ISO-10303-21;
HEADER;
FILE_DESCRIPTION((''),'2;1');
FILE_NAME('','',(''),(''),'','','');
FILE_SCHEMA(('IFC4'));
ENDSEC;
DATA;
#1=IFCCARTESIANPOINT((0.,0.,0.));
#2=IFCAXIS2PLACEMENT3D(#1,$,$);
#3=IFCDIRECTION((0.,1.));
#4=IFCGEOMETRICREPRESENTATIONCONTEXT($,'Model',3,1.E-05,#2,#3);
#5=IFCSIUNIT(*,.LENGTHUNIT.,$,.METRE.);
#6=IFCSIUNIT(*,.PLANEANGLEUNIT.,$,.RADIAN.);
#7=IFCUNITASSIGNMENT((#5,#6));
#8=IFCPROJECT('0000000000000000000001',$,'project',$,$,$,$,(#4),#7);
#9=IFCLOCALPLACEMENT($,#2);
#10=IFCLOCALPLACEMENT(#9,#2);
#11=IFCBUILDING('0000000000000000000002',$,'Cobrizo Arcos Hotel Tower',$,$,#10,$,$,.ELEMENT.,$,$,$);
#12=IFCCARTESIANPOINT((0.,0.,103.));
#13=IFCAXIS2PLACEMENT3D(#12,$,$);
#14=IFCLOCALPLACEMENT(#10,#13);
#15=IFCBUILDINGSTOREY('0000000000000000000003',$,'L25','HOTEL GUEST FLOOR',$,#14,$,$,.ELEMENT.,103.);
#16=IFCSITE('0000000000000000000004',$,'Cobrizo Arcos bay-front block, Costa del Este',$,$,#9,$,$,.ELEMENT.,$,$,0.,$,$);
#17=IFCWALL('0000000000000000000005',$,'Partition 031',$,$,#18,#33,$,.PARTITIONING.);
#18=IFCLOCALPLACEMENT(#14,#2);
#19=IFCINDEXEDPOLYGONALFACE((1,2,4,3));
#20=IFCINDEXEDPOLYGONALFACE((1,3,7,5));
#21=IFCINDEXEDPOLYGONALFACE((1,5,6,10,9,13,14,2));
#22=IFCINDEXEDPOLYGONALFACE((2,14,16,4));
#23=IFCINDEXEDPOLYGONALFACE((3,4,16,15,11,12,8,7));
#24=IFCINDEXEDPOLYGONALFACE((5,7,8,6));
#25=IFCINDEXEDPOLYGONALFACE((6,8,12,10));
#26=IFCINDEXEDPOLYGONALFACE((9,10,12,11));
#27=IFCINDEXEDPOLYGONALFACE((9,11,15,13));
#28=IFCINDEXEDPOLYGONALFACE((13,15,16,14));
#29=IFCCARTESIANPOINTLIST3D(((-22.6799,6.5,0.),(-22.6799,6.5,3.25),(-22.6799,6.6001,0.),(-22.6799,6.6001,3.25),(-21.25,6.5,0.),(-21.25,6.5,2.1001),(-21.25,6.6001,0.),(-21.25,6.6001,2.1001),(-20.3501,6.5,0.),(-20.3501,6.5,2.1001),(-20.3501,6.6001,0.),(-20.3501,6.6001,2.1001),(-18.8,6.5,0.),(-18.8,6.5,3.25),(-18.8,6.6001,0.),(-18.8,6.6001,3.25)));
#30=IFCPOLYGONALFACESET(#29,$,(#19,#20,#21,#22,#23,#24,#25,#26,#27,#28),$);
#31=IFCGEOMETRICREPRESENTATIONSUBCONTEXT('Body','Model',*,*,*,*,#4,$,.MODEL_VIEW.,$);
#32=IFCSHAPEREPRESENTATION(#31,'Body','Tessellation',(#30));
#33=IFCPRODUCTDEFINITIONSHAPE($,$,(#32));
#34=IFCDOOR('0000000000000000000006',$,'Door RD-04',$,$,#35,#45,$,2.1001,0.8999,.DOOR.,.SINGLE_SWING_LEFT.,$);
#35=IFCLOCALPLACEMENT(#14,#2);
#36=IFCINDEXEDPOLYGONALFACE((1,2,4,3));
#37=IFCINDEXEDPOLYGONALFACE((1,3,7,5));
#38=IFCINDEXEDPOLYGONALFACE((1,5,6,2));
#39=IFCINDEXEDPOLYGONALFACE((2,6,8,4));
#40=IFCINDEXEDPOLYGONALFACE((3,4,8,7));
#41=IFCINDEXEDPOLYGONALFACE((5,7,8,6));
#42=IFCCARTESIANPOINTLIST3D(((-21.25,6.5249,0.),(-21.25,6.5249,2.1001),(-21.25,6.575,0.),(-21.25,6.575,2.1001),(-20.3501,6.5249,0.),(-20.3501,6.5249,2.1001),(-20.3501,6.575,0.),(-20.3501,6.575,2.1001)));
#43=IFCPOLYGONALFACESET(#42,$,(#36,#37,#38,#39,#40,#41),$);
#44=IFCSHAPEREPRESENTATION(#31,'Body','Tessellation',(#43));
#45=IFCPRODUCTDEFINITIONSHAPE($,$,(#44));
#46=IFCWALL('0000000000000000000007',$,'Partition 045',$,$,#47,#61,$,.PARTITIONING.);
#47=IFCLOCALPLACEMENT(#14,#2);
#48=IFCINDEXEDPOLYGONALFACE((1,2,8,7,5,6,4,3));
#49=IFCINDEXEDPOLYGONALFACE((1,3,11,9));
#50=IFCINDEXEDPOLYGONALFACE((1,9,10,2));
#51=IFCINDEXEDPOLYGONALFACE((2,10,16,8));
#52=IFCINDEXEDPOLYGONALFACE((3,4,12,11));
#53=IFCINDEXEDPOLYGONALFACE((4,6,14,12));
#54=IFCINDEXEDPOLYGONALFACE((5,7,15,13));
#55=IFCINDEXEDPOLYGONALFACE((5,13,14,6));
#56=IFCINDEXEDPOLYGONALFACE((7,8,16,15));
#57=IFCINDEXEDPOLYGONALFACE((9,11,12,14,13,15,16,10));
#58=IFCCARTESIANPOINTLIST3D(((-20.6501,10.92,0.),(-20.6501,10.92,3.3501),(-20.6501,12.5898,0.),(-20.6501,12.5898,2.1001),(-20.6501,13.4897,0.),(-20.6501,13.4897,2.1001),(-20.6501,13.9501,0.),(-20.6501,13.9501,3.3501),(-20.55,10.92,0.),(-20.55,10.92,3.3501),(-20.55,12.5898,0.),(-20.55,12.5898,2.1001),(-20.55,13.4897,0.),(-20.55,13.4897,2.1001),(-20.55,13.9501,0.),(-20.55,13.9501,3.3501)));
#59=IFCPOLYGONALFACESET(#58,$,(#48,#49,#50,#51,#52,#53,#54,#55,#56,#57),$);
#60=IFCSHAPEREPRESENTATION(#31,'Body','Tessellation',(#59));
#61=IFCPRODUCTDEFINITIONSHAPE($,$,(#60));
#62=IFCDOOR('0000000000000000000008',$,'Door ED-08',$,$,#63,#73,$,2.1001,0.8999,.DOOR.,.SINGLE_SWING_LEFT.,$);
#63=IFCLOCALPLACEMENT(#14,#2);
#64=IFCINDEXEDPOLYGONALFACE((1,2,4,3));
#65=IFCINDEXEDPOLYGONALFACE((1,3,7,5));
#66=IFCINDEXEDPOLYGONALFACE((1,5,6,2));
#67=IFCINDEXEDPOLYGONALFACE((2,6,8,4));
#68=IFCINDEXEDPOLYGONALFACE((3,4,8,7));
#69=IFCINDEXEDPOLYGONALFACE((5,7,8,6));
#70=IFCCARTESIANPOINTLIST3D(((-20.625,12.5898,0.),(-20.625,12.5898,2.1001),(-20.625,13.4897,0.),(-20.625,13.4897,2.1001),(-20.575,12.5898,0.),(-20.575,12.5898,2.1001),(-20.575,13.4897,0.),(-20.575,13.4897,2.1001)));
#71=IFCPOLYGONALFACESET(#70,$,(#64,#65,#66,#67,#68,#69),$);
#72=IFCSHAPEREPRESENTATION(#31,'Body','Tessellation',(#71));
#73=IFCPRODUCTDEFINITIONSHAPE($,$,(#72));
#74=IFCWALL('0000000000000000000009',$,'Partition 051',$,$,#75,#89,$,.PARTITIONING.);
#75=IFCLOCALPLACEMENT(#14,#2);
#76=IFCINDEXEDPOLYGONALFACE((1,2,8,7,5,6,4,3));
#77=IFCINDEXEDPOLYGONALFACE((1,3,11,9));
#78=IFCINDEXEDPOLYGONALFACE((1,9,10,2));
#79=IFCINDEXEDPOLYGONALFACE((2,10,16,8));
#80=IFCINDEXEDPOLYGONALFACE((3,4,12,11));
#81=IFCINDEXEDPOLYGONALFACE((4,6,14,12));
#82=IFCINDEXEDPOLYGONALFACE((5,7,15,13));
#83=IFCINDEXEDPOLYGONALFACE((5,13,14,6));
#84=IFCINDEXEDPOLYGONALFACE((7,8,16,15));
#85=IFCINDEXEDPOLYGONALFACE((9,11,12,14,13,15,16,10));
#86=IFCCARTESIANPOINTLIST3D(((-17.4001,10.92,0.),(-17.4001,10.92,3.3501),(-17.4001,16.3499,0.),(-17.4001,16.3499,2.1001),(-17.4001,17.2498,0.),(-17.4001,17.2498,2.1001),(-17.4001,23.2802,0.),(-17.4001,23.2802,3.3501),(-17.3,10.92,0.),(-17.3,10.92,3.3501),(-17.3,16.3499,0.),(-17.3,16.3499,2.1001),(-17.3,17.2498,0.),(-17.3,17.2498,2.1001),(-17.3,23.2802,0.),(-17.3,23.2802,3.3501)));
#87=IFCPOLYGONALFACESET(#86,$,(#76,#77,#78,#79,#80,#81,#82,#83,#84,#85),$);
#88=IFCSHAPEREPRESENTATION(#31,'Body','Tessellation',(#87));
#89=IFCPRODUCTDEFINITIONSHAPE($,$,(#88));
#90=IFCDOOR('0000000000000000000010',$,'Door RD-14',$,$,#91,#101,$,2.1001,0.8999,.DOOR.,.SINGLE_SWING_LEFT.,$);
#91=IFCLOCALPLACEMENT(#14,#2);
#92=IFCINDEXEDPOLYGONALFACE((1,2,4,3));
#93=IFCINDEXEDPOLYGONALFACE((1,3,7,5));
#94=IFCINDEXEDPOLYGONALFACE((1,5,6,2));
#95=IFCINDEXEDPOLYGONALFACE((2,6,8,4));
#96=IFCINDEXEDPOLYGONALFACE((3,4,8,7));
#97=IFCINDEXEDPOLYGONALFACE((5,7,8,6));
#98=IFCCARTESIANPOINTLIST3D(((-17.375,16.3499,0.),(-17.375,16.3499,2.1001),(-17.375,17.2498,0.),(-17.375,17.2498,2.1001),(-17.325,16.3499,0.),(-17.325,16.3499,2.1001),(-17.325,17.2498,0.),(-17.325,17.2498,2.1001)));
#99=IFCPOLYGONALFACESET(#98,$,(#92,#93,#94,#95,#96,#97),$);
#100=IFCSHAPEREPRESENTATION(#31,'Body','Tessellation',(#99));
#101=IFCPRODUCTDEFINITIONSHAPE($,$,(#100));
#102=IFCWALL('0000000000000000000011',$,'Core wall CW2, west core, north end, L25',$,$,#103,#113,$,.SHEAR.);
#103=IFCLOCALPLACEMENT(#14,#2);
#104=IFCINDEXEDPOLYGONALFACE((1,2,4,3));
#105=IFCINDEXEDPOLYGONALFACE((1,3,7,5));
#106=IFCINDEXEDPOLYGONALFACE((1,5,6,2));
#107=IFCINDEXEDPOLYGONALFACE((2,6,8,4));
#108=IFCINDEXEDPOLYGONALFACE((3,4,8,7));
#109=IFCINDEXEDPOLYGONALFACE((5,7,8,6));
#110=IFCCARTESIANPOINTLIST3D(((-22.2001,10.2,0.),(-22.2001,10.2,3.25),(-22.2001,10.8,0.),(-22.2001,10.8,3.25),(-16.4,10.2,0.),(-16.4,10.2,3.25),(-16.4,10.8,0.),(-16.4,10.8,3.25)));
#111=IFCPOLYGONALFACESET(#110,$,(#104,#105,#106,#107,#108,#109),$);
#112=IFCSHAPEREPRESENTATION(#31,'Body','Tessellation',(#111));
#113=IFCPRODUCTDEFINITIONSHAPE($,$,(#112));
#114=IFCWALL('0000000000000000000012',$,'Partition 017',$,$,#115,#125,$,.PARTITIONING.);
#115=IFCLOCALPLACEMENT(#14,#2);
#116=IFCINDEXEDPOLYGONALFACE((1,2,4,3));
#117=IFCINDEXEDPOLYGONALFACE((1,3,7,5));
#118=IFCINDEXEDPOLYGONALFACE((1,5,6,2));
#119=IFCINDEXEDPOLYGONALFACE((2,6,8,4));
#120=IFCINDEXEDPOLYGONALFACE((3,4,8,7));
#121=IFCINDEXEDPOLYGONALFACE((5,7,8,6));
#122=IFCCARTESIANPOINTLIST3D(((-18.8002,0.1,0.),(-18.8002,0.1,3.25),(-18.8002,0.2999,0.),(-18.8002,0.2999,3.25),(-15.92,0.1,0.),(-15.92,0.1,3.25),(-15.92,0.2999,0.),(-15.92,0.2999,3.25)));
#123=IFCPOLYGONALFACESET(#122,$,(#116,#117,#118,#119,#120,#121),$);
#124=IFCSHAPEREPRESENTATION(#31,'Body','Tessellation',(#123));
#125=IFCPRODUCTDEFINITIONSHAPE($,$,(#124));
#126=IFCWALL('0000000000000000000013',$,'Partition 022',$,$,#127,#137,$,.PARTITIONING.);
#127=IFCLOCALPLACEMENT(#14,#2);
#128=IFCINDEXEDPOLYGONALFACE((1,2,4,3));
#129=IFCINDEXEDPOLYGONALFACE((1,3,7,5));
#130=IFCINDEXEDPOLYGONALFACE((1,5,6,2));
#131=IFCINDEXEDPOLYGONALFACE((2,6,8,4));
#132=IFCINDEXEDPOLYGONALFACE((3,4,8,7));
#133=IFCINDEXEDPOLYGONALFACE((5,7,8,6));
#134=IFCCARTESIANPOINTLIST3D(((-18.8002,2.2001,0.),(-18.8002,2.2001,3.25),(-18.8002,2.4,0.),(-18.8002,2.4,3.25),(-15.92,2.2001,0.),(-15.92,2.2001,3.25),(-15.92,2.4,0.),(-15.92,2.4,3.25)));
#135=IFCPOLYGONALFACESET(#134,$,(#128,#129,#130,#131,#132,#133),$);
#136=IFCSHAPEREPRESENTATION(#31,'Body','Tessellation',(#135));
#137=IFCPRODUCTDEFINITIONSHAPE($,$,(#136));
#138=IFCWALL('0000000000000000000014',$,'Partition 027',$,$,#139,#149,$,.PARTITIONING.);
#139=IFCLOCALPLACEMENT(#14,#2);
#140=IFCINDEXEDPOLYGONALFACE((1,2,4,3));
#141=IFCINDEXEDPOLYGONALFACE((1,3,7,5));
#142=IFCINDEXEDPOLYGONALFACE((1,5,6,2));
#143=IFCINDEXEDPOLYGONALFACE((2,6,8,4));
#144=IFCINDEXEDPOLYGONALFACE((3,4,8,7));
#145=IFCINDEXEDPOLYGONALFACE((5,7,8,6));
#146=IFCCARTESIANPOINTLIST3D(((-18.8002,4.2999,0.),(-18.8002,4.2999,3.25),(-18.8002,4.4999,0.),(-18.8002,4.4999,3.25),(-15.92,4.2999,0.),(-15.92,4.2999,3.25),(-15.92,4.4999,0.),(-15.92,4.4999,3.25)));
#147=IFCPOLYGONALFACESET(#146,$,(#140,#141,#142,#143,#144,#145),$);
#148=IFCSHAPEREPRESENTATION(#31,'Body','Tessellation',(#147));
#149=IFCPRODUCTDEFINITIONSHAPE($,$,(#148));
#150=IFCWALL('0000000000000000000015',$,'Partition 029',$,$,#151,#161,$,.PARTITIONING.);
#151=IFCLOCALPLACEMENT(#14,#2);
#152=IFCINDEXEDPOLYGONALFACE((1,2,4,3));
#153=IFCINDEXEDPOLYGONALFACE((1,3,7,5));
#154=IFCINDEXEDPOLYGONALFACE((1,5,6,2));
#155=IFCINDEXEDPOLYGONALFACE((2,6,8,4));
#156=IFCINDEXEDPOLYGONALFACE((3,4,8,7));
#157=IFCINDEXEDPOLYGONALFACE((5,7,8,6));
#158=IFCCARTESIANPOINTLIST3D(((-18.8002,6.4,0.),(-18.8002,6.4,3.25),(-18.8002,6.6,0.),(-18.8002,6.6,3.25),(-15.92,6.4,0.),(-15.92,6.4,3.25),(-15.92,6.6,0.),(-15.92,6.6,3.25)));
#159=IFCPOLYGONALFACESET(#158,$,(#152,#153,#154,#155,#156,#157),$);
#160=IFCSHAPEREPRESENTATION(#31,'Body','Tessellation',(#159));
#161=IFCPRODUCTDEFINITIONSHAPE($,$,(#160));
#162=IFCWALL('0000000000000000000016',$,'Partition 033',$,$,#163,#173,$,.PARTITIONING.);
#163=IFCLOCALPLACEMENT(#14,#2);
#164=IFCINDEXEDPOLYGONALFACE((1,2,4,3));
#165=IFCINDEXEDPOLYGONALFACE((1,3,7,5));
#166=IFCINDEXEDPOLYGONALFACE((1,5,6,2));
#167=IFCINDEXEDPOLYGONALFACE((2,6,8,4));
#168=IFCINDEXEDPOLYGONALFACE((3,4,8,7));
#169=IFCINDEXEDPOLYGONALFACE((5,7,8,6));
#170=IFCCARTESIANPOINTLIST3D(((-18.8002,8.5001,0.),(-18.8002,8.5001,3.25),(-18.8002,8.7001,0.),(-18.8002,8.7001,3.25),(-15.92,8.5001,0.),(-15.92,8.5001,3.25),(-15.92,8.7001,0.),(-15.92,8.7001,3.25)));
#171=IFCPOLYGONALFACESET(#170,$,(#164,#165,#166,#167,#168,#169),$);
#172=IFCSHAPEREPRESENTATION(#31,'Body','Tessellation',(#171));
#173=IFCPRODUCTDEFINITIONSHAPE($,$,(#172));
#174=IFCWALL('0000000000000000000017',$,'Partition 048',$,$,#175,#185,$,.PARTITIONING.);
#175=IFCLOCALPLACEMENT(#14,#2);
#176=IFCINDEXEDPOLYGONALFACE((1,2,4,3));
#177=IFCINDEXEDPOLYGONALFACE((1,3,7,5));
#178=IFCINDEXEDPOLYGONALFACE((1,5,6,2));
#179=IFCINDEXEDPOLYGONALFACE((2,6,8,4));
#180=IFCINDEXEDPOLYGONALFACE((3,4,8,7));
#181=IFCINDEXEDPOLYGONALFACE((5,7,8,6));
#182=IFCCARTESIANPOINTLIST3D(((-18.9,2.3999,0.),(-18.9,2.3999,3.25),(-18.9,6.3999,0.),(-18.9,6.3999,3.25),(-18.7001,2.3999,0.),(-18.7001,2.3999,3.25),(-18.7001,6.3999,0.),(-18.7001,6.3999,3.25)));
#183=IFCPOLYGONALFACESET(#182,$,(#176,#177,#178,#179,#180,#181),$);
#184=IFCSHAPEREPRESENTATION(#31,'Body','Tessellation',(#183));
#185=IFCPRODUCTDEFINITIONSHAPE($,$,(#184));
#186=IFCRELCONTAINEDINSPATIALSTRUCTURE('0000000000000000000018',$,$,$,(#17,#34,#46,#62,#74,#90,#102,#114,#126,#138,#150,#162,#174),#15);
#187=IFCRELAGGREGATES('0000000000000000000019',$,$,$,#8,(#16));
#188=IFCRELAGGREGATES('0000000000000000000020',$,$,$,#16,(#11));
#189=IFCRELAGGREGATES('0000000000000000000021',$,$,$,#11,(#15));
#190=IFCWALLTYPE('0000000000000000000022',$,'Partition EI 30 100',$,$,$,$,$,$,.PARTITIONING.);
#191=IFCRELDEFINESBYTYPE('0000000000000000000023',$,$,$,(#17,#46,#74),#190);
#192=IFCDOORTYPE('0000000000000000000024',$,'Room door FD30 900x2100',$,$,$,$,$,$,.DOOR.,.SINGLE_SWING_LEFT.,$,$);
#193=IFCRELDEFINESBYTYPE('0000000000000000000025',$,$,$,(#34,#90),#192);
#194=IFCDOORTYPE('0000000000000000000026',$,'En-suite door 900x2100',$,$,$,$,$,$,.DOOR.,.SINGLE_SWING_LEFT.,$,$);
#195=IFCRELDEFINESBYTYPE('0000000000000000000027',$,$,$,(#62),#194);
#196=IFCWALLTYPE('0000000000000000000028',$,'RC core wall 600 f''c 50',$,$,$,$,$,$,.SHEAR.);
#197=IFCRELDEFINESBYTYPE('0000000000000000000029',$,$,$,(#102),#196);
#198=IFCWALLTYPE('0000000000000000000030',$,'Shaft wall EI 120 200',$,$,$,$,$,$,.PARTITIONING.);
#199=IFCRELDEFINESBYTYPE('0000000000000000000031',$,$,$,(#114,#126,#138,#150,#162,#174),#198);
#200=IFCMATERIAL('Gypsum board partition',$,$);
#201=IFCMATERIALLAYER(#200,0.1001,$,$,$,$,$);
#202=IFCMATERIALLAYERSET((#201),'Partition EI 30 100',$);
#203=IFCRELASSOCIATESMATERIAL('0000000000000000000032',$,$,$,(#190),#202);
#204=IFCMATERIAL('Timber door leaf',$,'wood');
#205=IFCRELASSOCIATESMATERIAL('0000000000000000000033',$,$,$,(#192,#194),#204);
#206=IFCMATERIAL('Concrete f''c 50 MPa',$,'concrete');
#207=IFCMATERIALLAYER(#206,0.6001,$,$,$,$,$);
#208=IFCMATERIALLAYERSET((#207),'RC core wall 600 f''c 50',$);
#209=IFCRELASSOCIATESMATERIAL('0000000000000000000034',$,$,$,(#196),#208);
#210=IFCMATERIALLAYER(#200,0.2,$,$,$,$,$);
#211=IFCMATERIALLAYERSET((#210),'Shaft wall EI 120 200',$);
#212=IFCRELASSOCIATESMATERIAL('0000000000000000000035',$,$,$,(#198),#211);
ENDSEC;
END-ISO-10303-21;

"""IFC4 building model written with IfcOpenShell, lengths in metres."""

from ifc_helpers import new_model, si_unit, direction, frame, frame_2d, origin, place, context, subcontext, project, spatial, rectangle, extrude, material, layer, layer_set, type_object, element, fill, save


model = new_model("IFC4")

# Units and contexts
model_context = context("Model", 3, precision=1e-05, world=origin(), true_north=direction((0.0, 1.0)))
body_context = subcontext(model_context, "Body", "Model", "MODEL_VIEW")
ifc_project = project(units=[si_unit("LENGTHUNIT", "METRE"), si_unit("PLANEANGLEUNIT", "RADIAN")], contexts=[model_context])

# Site, building, storey
site_placement = place(None, origin())
site = spatial("IfcSite", under=ifc_project, at=site_placement, Name="Cobrizo Arcos bay-front block, Costa del Este", CompositionType="ELEMENT", RefElevation=0.0)
building_placement = place(site_placement, origin())
building = spatial("IfcBuilding", under=site, at=building_placement, Name="Cobrizo Arcos Hotel Tower", CompositionType="ELEMENT")
storey_placement = place(building_placement, frame((0.0, 0.0, 103.0)))
storey = spatial("IfcBuildingStorey", under=building, at=storey_placement, Name="L25", Description="HOTEL GUEST FLOOR", CompositionType="ELEMENT", Elevation=103.0)

# Walls, openings, doors
ifc_material_1 = material(Name="Gypsum board partition")
ifc_layer_1 = layer(ifc_material_1, 0.1001)
ifc_layer_set_1 = layer_set([ifc_layer_1], Name="Partition EI 30 100")
wall_type_1 = type_object("IfcWallType", Name="Partition EI 30 100", PredefinedType="PARTITIONING", material=ifc_layer_set_1)
ifc_material_2 = material(Name="Timber door leaf", Category="wood")
door_type_1 = type_object("IfcDoorType", Name="Room door FD30 900x2100", OperationType="SINGLE_SWING_LEFT", PredefinedType="DOOR", material=ifc_material_2)
wall_1_placement = place(storey_placement, frame((-22.6799, 6.55, 0.0), z_axis=(0.0, 0.0, 1.0), x_axis=(1.0, 0.0, 0.0)))
wall_1 = element("IfcWall", 1, at=wall_1_placement, inside=storey, type_object=wall_type_1, Name="Partition 031", PredefinedType="PARTITIONING", context=body_context, shape_type="SweptSolid", body=[
    extrude(rectangle(XDim=3.8799, YDim=0.1001, at=frame_2d((1.9399, 0.0))), origin(), (0.0, 0.0, 1.0), 3.25),
])
opening_1_placement = place(wall_1_placement, frame((1.4299, 0.0, 0.0)))
opening_1 = element("IfcOpeningElement", 2, at=opening_1_placement, cuts=wall_1, PredefinedType="OPENING", context=body_context, shape_type="SweptSolid", body=[
    extrude(rectangle(XDim=0.8999, YDim=2.1001, at=frame_2d((0.45, 1.05))), frame((0.0, 0.062, 0.0), z_axis=(0.0, -1.0, 0.0), x_axis=(1.0, 0.0, 0.0)), (0.0, 0.0, 1.0), 0.124),
])
door_1_placement = place(opening_1_placement, origin())
door_1 = element("IfcDoor", 3, at=door_1_placement, inside=storey, type_object=door_type_1, Name="Door RD-04", OperationType="SINGLE_SWING_LEFT", OverallHeight=2.1001, OverallWidth=0.8999, PredefinedType="DOOR", context=body_context, shape_type="SweptSolid", body=[
    extrude(rectangle(XDim=0.8999, YDim=2.1001, at=frame_2d((0.45, 1.05))), frame((0.0, 0.0249, 0.0), z_axis=(0.0, -1.0, 0.0), x_axis=(1.0, 0.0, 0.0)), (0.0, 0.0, 1.0), 0.05),
])
fill(opening_1, door_1)
wall_2_placement = place(storey_placement, frame((-20.6001, 10.9199, 0.0), z_axis=(0.0, 0.0, 1.0), x_axis=(0.0, 1.0, 0.0)))
wall_2 = element("IfcWall", 4, at=wall_2_placement, inside=storey, type_object=wall_type_1, Name="Partition 045", PredefinedType="PARTITIONING", context=body_context, shape_type="SweptSolid", body=[
    extrude(rectangle(XDim=3.03, YDim=0.1001, at=frame_2d((1.5151, 0.0))), origin(), (0.0, 0.0, 1.0), 3.3501),
])
opening_2_placement = place(wall_2_placement, frame((1.6699, 0.0, 0.0)))
opening_2 = element("IfcOpeningElement", 5, at=opening_2_placement, cuts=wall_2, PredefinedType="OPENING", context=body_context, shape_type="SweptSolid", body=[
    extrude(rectangle(XDim=0.8999, YDim=2.1001, at=frame_2d((0.45, 1.05))), frame((0.0, 0.062, 0.0), z_axis=(0.0, -1.0, 0.0), x_axis=(1.0, 0.0, 0.0)), (0.0, 0.0, 1.0), 0.124),
])
door_type_2 = type_object("IfcDoorType", Name="En-suite door 900x2100", OperationType="SINGLE_SWING_LEFT", PredefinedType="DOOR", material=ifc_material_2)
door_2_placement = place(opening_2_placement, origin())
door_2 = element("IfcDoor", 6, at=door_2_placement, inside=storey, type_object=door_type_2, Name="Door ED-08", OperationType="SINGLE_SWING_LEFT", OverallHeight=2.1001, OverallWidth=0.8999, PredefinedType="DOOR", context=body_context, shape_type="SweptSolid", body=[
    extrude(rectangle(XDim=0.8999, YDim=2.1001, at=frame_2d((0.45, 1.05))), frame((0.0, 0.0249, 0.0), z_axis=(0.0, -1.0, 0.0), x_axis=(1.0, 0.0, 0.0)), (0.0, 0.0, 1.0), 0.05),
])
fill(opening_2, door_2)
wall_3_placement = place(storey_placement, frame((-17.3501, 10.9199, 0.0), z_axis=(0.0, 0.0, 1.0), x_axis=(0.0, 1.0, 0.0)))
wall_3 = element("IfcWall", 7, at=wall_3_placement, inside=storey, type_object=wall_type_1, Name="Partition 051", PredefinedType="PARTITIONING", context=body_context, shape_type="SweptSolid", body=[
    extrude(rectangle(XDim=12.3601, YDim=0.1001, at=frame_2d((6.1802, 0.0))), origin(), (0.0, 0.0, 1.0), 3.3501),
])
opening_3_placement = place(wall_3_placement, frame((5.4299, 0.0, 0.0)))
opening_3 = element("IfcOpeningElement", 8, at=opening_3_placement, cuts=wall_3, PredefinedType="OPENING", context=body_context, shape_type="SweptSolid", body=[
    extrude(rectangle(XDim=0.8999, YDim=2.1001, at=frame_2d((0.45, 1.05))), frame((0.0, 0.062, 0.0), z_axis=(0.0, -1.0, 0.0), x_axis=(1.0, 0.0, 0.0)), (0.0, 0.0, 1.0), 0.124),
])
door_3_placement = place(opening_3_placement, origin())
door_3 = element("IfcDoor", 9, at=door_3_placement, inside=storey, type_object=door_type_1, Name="Door RD-14", OperationType="SINGLE_SWING_LEFT", OverallHeight=2.1001, OverallWidth=0.8999, PredefinedType="DOOR", context=body_context, shape_type="SweptSolid", body=[
    extrude(rectangle(XDim=0.8999, YDim=2.1001, at=frame_2d((0.45, 1.05))), frame((0.0, 0.0249, 0.0), z_axis=(0.0, -1.0, 0.0), x_axis=(1.0, 0.0, 0.0)), (0.0, 0.0, 1.0), 0.05),
])
fill(opening_3, door_3)

# Walls
ifc_material_3 = material(Name="Concrete f'c 50 MPa", Category="concrete")
ifc_layer_2 = layer(ifc_material_3, 0.6001)
ifc_layer_set_2 = layer_set([ifc_layer_2], Name="RC core wall 600 f'c 50")
wall_type_2 = type_object("IfcWallType", Name="RC core wall 600 f'c 50", PredefinedType="SHEAR", material=ifc_layer_set_2)
wall_4_placement = place(storey_placement, frame((-22.2, 10.5, 0.0), z_axis=(0.0, 0.0, 1.0), x_axis=(1.0, 0.0, 0.0)))
element("IfcWall", 10, at=wall_4_placement, inside=storey, type_object=wall_type_2, Name="Core wall CW2, west core, north end, L25", PredefinedType="SHEAR", context=body_context, shape_type="SweptSolid", body=[
    extrude(rectangle(XDim=5.8, YDim=0.6001, at=frame_2d((2.8999, 0.0))), origin(), (0.0, 0.0, 1.0), 3.25),
])
ifc_layer_3 = layer(ifc_material_1, 0.2)
ifc_layer_set_3 = layer_set([ifc_layer_3], Name="Shaft wall EI 120 200")
wall_type_3 = type_object("IfcWallType", Name="Shaft wall EI 120 200", PredefinedType="PARTITIONING", material=ifc_layer_set_3)
for number, where, z_axis, x_axis, name in (
    (11, (-18.8, 0.2, 0.0), (0.0, 0.0, 1.0), (1.0, 0.0, 0.0), "Partition 017"),
    (12, (-18.8, 2.3, 0.0), (0.0, 0.0, 1.0), (1.0, 0.0, 0.0), "Partition 022"),
    (13, (-18.8, 4.3999, 0.0), (0.0, 0.0, 1.0), (1.0, 0.0, 0.0), "Partition 027"),
    (14, (-18.8, 6.5, 0.0), (0.0, 0.0, 1.0), (1.0, 0.0, 0.0), "Partition 029"),
    (15, (-18.8, 8.6001, 0.0), (0.0, 0.0, 1.0), (1.0, 0.0, 0.0), "Partition 033"),
):
    element("IfcWall", number, at=place(storey_placement, frame(where, z_axis=z_axis, x_axis=x_axis)), inside=storey, type_object=wall_type_3, Name=name, PredefinedType="PARTITIONING", context=body_context, shape_type="SweptSolid", body=[
        extrude(rectangle(XDim=2.8801, YDim=0.2, at=frame_2d((1.4399, 0.0))), origin(), (0.0, 0.0, 1.0), 3.25),
    ])
wall_5_placement = place(storey_placement, frame((-18.8, 2.3999, 0.0), z_axis=(0.0, 0.0, 1.0), x_axis=(0.0, 1.0, 0.0)))
element("IfcWall", 16, at=wall_5_placement, inside=storey, type_object=wall_type_3, Name="Partition 048", PredefinedType="PARTITIONING", context=body_context, shape_type="SweptSolid", body=[
    extrude(rectangle(XDim=4.0, YDim=0.2, at=frame_2d((2.0, 0.0))), origin(), (0.0, 0.0, 1.0), 3.25),
])

save(model, "model.ifc")
